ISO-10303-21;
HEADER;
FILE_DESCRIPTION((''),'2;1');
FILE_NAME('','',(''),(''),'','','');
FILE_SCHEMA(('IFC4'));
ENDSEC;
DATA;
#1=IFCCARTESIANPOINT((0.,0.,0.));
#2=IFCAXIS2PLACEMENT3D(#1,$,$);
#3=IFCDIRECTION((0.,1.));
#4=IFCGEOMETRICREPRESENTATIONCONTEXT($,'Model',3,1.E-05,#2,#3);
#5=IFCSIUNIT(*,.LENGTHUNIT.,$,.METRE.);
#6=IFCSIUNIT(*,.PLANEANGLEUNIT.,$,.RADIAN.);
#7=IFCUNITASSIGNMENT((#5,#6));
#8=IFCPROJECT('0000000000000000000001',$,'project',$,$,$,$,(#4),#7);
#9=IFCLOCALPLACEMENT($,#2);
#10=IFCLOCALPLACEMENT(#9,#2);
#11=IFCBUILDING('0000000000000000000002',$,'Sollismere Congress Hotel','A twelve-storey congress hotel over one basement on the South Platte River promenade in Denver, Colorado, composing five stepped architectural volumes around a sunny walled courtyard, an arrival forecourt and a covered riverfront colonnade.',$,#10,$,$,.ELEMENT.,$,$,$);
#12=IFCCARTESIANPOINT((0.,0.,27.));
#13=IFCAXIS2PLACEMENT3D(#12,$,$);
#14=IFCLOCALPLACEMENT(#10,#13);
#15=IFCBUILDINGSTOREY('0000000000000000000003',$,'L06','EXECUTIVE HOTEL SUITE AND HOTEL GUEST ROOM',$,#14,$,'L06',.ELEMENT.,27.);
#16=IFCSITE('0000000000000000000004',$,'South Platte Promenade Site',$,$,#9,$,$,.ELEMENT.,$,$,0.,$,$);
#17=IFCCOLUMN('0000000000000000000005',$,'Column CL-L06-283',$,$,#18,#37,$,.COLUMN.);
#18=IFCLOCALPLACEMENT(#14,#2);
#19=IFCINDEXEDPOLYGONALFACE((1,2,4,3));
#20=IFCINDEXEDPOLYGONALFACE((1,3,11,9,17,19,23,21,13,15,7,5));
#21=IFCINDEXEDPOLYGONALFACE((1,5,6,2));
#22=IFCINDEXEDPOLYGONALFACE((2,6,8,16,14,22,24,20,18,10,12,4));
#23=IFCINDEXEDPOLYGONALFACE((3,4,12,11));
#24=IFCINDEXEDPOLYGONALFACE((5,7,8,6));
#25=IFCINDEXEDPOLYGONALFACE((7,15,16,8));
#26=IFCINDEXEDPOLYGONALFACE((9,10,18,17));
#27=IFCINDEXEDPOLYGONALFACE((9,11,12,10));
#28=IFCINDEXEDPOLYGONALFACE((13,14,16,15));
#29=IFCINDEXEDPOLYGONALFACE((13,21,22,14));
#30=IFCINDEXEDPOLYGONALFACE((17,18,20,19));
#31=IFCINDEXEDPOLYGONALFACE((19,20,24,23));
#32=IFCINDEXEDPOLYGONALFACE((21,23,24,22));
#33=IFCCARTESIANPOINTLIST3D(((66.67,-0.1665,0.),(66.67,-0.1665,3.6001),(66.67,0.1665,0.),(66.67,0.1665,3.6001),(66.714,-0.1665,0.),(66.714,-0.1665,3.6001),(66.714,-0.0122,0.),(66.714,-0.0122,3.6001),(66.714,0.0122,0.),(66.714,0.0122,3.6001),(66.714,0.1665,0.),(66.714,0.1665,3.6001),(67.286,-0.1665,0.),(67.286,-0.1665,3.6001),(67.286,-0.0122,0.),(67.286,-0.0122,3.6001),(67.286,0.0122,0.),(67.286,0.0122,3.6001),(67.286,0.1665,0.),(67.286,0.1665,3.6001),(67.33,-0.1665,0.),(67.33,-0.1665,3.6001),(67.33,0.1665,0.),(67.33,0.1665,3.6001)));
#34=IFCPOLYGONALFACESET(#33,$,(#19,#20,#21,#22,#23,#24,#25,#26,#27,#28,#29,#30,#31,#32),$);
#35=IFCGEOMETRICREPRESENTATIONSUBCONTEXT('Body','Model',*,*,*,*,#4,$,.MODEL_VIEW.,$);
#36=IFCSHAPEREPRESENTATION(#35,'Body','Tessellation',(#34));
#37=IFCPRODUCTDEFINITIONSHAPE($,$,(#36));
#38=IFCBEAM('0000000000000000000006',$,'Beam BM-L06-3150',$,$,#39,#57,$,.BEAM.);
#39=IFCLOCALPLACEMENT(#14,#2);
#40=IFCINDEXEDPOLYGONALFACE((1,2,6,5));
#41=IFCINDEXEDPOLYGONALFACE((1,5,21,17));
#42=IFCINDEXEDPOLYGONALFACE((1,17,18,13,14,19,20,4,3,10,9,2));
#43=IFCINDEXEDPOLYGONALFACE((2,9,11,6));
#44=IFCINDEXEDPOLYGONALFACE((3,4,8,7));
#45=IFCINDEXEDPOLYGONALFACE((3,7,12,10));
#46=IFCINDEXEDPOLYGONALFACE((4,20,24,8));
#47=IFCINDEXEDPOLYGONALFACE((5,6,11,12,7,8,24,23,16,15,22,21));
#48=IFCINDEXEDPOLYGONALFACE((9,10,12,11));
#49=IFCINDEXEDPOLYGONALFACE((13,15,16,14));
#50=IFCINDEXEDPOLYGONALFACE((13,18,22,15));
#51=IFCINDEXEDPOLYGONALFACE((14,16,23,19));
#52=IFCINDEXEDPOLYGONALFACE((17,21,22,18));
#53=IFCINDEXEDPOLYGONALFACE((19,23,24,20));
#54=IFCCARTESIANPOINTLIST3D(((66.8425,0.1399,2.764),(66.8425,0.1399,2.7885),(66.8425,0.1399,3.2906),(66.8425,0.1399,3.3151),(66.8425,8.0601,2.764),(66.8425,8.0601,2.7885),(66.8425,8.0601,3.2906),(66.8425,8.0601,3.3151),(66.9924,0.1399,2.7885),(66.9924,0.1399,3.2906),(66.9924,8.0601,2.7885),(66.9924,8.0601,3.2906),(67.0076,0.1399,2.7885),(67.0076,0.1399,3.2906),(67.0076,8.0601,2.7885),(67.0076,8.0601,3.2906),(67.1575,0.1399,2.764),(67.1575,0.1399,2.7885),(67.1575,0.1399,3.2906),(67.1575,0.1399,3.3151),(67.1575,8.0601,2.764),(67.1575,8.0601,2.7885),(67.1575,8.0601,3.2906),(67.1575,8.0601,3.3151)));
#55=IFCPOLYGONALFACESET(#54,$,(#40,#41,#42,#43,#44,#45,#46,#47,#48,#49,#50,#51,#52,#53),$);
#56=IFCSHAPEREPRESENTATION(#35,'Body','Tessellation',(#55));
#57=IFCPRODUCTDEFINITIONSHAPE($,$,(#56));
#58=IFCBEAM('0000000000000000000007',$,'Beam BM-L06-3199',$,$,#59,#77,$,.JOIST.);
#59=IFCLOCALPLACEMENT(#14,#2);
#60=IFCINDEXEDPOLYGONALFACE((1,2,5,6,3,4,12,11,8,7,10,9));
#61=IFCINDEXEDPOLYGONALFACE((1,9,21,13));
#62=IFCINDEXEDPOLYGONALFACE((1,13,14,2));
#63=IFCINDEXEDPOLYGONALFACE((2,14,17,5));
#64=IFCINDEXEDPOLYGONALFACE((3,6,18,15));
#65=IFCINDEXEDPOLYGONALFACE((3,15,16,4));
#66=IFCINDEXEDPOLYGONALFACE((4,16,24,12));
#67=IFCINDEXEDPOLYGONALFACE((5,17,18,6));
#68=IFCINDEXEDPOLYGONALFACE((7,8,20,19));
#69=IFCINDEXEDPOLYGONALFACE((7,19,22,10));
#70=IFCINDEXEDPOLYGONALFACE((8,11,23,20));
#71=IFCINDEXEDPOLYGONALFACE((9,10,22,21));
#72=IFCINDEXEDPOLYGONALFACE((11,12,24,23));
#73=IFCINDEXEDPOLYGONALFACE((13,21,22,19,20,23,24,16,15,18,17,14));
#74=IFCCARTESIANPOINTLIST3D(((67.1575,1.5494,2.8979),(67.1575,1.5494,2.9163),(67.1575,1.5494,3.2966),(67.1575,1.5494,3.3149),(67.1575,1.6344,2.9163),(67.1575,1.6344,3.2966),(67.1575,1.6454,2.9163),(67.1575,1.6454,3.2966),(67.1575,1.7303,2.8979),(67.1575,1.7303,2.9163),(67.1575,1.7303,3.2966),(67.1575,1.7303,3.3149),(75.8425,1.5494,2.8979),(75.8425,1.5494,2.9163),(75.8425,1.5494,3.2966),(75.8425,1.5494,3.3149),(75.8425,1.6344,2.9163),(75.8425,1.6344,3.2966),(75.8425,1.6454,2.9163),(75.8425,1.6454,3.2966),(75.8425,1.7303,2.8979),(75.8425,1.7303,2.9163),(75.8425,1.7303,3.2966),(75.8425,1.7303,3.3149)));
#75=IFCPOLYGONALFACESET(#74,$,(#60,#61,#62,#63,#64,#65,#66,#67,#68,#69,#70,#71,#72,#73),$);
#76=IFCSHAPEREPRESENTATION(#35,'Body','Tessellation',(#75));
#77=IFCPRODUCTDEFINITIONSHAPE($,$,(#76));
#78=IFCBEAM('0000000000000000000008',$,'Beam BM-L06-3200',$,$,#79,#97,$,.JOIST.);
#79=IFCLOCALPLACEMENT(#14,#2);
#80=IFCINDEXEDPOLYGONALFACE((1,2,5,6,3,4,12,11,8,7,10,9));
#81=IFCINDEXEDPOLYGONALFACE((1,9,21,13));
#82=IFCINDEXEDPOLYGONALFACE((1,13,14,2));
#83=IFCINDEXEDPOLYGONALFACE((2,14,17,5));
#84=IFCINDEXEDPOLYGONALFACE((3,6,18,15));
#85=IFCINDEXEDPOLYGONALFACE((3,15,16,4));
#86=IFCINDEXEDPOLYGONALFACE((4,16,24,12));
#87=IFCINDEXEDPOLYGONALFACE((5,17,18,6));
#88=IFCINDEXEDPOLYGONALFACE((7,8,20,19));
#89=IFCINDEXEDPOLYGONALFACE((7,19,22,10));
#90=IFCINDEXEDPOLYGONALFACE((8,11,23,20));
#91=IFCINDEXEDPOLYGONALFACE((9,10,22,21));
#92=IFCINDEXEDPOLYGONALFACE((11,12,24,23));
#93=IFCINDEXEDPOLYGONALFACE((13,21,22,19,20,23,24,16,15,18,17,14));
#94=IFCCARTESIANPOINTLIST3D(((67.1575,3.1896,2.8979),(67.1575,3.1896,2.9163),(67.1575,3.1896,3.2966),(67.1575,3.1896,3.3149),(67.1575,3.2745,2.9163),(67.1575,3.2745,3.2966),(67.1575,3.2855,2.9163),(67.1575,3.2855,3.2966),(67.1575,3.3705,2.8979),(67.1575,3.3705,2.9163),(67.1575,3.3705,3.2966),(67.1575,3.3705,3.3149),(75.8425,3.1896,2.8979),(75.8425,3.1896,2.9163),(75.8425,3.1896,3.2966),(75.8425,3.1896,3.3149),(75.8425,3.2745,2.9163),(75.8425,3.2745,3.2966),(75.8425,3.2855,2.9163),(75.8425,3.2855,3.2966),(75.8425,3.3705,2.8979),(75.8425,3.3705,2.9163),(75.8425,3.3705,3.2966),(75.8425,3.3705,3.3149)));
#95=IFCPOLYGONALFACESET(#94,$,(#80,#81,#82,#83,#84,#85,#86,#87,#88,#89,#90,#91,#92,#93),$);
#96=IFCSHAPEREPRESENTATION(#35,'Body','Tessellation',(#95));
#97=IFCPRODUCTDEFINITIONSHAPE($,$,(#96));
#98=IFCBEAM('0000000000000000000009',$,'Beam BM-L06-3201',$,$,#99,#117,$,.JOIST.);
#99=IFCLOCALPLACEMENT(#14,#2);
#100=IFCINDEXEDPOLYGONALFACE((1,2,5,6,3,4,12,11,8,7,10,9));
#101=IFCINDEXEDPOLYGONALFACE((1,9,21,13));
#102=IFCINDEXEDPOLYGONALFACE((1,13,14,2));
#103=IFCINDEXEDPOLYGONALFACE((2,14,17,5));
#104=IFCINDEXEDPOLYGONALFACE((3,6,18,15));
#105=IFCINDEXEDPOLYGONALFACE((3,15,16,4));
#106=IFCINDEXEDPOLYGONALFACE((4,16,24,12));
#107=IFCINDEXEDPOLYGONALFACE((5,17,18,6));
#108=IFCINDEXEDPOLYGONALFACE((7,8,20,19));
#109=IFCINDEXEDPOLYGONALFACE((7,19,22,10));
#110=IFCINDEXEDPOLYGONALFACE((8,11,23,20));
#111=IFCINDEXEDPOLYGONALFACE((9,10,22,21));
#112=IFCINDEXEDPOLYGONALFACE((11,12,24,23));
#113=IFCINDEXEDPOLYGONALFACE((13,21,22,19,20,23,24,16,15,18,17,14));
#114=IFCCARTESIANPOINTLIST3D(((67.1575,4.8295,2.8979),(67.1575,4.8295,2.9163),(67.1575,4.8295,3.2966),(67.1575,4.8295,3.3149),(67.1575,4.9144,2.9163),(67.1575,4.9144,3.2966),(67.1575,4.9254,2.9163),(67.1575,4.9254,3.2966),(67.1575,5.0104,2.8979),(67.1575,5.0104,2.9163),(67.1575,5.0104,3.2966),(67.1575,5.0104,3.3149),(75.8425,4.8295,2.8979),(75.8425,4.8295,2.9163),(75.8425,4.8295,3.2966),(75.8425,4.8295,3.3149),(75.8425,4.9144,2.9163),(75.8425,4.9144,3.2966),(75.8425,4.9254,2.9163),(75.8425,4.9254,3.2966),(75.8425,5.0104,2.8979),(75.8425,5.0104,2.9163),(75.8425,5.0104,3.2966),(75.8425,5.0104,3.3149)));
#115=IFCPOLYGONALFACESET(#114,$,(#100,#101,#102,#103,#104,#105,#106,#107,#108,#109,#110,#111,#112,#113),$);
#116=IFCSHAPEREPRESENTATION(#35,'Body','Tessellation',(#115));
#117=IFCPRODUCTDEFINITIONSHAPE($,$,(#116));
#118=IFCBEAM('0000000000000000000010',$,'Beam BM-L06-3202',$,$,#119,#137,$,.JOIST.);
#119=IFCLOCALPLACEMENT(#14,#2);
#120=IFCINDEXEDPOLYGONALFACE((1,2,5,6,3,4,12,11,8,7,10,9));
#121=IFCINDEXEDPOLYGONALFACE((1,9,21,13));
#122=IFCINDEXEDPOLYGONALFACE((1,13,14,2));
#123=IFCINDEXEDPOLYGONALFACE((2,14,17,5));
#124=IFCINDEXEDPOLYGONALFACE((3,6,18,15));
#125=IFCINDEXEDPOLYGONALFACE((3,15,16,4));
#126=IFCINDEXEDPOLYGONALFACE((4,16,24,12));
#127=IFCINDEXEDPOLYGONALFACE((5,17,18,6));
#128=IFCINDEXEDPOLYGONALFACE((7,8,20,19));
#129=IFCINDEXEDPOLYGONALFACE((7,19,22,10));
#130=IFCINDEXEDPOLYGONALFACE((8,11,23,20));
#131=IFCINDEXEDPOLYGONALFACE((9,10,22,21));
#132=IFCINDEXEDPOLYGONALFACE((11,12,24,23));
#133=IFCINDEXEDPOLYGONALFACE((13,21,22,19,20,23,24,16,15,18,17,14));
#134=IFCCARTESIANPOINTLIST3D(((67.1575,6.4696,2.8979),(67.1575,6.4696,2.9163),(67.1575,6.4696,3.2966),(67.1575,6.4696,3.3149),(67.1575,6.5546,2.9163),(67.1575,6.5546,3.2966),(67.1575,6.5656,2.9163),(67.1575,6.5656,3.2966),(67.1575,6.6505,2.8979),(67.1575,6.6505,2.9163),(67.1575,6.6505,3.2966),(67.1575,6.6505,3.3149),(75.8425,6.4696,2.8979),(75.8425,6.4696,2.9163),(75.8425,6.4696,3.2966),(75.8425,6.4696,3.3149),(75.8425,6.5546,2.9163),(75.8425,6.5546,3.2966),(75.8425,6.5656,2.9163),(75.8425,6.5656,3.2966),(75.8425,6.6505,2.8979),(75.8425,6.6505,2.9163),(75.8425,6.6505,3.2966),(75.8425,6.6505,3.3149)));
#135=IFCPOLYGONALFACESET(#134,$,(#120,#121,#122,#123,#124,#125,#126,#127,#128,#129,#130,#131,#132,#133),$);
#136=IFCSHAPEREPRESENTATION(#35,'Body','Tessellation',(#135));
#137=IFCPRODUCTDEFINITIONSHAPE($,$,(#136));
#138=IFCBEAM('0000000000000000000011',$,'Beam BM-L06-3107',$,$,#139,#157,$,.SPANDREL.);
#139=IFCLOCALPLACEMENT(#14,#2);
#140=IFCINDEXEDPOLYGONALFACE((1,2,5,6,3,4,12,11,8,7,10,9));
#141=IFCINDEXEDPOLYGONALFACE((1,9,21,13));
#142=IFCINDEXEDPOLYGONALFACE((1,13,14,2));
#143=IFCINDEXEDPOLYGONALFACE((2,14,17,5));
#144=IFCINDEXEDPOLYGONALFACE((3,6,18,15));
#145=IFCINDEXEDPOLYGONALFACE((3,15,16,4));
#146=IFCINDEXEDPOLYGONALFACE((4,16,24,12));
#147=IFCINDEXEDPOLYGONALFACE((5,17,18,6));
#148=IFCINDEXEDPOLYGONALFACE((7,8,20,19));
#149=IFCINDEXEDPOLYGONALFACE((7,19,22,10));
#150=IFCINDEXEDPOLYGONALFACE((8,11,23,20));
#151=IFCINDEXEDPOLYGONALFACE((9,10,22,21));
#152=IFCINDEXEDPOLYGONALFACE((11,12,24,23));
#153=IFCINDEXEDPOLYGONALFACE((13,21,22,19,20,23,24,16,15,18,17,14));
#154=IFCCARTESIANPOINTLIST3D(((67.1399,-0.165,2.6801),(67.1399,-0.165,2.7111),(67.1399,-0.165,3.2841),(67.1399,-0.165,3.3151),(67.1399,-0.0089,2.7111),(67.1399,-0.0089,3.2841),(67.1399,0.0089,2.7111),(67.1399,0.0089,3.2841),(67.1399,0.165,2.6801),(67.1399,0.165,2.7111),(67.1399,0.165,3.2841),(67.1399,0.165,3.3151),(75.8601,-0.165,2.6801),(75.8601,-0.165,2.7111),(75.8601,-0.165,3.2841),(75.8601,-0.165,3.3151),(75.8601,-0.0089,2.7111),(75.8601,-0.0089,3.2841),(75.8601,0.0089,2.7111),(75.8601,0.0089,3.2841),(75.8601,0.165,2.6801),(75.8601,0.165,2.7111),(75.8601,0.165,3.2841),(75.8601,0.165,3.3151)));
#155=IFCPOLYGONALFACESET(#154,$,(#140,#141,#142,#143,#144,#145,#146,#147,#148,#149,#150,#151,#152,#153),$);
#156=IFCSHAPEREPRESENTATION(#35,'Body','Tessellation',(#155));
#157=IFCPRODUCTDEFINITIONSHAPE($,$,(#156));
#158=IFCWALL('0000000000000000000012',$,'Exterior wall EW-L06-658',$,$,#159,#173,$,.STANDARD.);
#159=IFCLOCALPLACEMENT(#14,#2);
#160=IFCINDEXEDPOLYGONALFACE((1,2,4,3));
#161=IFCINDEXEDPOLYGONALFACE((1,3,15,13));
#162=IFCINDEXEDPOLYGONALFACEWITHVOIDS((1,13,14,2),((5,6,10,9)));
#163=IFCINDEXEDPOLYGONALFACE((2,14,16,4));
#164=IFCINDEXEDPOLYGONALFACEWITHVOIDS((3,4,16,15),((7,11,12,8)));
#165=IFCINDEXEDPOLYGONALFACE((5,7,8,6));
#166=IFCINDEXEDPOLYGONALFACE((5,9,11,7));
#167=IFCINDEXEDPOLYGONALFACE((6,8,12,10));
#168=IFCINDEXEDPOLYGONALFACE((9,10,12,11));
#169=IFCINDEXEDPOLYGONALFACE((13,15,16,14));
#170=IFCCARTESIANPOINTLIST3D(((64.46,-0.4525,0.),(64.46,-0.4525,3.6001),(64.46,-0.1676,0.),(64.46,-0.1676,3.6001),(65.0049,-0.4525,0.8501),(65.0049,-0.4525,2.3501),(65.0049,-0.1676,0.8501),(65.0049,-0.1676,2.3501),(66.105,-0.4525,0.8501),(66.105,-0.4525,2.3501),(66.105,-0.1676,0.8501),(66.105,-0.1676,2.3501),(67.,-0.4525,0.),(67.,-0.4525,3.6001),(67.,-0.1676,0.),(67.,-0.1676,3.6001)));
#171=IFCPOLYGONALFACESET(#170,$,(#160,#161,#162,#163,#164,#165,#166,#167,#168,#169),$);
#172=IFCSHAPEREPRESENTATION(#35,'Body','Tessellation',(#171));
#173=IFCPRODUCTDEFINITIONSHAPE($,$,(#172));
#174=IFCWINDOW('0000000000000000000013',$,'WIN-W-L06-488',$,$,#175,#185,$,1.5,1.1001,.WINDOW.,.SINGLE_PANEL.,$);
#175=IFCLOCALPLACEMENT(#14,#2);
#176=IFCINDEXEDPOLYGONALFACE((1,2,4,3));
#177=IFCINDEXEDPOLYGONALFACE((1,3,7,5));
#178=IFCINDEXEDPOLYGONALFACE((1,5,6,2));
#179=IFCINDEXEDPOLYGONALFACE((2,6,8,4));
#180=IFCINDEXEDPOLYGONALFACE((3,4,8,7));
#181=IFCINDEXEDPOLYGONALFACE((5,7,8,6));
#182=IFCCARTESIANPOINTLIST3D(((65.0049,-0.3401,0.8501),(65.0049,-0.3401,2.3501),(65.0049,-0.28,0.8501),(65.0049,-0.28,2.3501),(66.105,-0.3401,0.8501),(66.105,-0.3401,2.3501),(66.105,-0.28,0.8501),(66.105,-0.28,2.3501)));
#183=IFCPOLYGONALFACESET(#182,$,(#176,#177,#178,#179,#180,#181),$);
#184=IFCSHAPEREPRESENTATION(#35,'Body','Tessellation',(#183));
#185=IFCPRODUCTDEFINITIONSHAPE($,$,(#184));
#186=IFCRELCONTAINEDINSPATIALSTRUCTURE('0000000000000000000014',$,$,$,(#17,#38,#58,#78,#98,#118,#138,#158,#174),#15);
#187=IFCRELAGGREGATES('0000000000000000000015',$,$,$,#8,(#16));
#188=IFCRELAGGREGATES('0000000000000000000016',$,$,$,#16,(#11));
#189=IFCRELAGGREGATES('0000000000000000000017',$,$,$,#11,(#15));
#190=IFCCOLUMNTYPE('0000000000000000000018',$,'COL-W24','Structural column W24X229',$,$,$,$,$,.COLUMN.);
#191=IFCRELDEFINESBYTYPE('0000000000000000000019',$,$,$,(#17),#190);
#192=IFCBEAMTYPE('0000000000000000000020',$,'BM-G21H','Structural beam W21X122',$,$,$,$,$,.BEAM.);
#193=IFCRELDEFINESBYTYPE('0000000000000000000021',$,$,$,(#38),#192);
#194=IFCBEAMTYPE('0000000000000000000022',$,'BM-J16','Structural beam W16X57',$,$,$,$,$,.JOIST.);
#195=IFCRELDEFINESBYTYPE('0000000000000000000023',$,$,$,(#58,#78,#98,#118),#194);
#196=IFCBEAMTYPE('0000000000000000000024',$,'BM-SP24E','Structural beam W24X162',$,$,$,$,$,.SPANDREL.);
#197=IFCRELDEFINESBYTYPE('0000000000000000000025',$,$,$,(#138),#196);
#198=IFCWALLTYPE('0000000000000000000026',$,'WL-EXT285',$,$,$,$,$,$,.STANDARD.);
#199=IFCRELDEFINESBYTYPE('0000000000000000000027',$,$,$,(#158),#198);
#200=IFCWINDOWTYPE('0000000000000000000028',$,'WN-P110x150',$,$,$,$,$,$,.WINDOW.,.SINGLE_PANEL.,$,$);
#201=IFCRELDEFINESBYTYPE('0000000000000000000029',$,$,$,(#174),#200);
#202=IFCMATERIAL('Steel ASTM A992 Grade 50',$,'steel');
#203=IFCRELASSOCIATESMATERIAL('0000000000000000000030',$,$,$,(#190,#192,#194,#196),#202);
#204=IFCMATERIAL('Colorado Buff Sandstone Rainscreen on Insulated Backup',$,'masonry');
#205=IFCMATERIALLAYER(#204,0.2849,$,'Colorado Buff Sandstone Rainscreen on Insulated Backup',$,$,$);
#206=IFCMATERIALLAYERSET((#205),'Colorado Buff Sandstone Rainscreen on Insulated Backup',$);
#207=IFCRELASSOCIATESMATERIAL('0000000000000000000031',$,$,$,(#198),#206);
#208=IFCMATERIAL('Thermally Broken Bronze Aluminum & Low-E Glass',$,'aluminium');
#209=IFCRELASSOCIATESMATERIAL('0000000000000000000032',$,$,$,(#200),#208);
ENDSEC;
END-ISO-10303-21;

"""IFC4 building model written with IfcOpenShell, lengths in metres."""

from ifc_helpers import new_model, si_unit, direction, frame, frame_2d, origin, origin_2d, place, context, subcontext, project, spatial, rectangle, i_section, extrude, material, layer, layer_set, material_profile, profile_set, type_object, element, fill, save


model = new_model("IFC4")

# Units and contexts
model_context = context("Model", 3, precision=1e-05, world=origin(), true_north=direction((0.0, 1.0)))
body_context = subcontext(model_context, "Body", "Model", "MODEL_VIEW")
ifc_project = project(units=[si_unit("LENGTHUNIT", "METRE"), si_unit("PLANEANGLEUNIT", "RADIAN")], contexts=[model_context])

# Site, building, storey
site_placement = place(None, origin())
site = spatial("IfcSite", under=ifc_project, at=site_placement, Name="South Platte Promenade Site", CompositionType="ELEMENT", RefElevation=0.0)
building_placement = place(site_placement, origin())
building = spatial("IfcBuilding", under=site, at=building_placement, Name="Sollismere Congress Hotel", Description="A twelve-storey congress hotel over one basement on the South Platte River promenade in Denver, Colorado, composing five stepped architectural volumes around a sunny walled courtyard, an arrival forecourt and a covered riverfront colonnade.", CompositionType="ELEMENT")
storey_placement = place(building_placement, frame((0.0, 0.0, 27.0)))
storey = spatial("IfcBuildingStorey", under=building, at=storey_placement, Name="L06", Description="EXECUTIVE HOTEL SUITE AND HOTEL GUEST ROOM", LongName="L06", CompositionType="ELEMENT", Elevation=27.0)

# Column
ifc_material_1 = material(Name="Steel ASTM A992 Grade 50", Category="steel")
ifc_material_profile_1 = material_profile(ifc_material_1, i_section(OverallWidth=0.333, OverallDepth=0.6599, WebThickness=0.0244, FlangeThickness=0.0439, at=origin_2d()), Name="W24X229")
ifc_profile_set_1 = profile_set([ifc_material_profile_1], Name="Steel ASTM A992 Grade 50")
column_type = type_object("IfcColumnType", Name="COL-W24", Description="Structural column W24X229", PredefinedType="COLUMN", material=ifc_profile_set_1)
column_placement = place(storey_placement, frame((67.0, 0.0, 0.0), z_axis=(0.0, 0.0, 1.0), x_axis=(0.0, 1.0, 0.0)))
element("IfcColumn", 1, at=column_placement, inside=storey, type_object=column_type, Name="Column CL-L06-283", PredefinedType="COLUMN", context=body_context, shape_type="SweptSolid", body=[
    extrude(i_section(OverallWidth=0.333, OverallDepth=0.6599, WebThickness=0.0244, FlangeThickness=0.0439, at=origin_2d()), origin(), (0.0, 0.0, 1.0), 3.6001),
])

# Beams
ifc_material_profile_2 = material_profile(ifc_material_1, i_section(OverallWidth=0.3149, OverallDepth=0.551, WebThickness=0.0151, FlangeThickness=0.0244, at=origin_2d()), Name="W21X122")
ifc_profile_set_2 = profile_set([ifc_material_profile_2], Name="Steel ASTM A992 Grade 50")
beam_type_1 = type_object("IfcBeamType", Name="BM-G21H", Description="Structural beam W21X122", PredefinedType="BEAM", material=ifc_profile_set_2)
beam_1_placement = place(storey_placement, frame((67.0, 0.1399, 3.0396), z_axis=(0.0, 1.0, 0.0), x_axis=(-1.0, 0.0, 0.0)))
element("IfcBeam", 2, at=beam_1_placement, inside=storey, type_object=beam_type_1, Name="Beam BM-L06-3150", PredefinedType="BEAM", context=body_context, shape_type="SweptSolid", body=[
    extrude(i_section(OverallWidth=0.3149, OverallDepth=0.551, WebThickness=0.0151, FlangeThickness=0.0244, at=origin_2d()), origin(), (0.0, 0.0, 1.0), 7.9202),
])
ifc_material_profile_3 = material_profile(ifc_material_1, i_section(OverallWidth=0.1809, OverallDepth=0.417, WebThickness=0.011, FlangeThickness=0.0183, at=origin_2d()), Name="W16X57")
ifc_profile_set_3 = profile_set([ifc_material_profile_3], Name="Steel ASTM A992 Grade 50")
beam_type_2 = type_object("IfcBeamType", Name="BM-J16", Description="Structural beam W16X57", PredefinedType="JOIST", material=ifc_profile_set_3)
for number, where, z_axis, x_axis, name in (
    (3, (67.1575, 1.6399, 3.1064), (1.0, 0.0, 0.0), (0.0, 1.0, 0.0), "Beam BM-L06-3199"),
    (4, (67.1575, 3.28, 3.1064), (1.0, 0.0, 0.0), (0.0, 1.0, 0.0), "Beam BM-L06-3200"),
    (5, (67.1575, 4.9199, 3.1064), (1.0, 0.0, 0.0), (0.0, 1.0, 0.0), "Beam BM-L06-3201"),
    (6, (67.1575, 6.5601, 3.1064), (1.0, 0.0, 0.0), (0.0, 1.0, 0.0), "Beam BM-L06-3202"),
):
    element("IfcBeam", number, at=place(storey_placement, frame(where, z_axis=z_axis, x_axis=x_axis)), inside=storey, type_object=beam_type_2, Name=name, PredefinedType="JOIST", context=body_context, shape_type="SweptSolid", body=[
        extrude(i_section(OverallWidth=0.1809, OverallDepth=0.417, WebThickness=0.011, FlangeThickness=0.0183, at=origin_2d()), origin(), (0.0, 0.0, 1.0), 8.6851),
    ])
ifc_material_profile_4 = material_profile(ifc_material_1, i_section(OverallWidth=0.3301, OverallDepth=0.635, WebThickness=0.0178, FlangeThickness=0.031, at=origin_2d()), Name="W24X162")
ifc_profile_set_4 = profile_set([ifc_material_profile_4], Name="Steel ASTM A992 Grade 50")
beam_type_3 = type_object("IfcBeamType", Name="BM-SP24E", Description="Structural beam W24X162", PredefinedType="SPANDREL", material=ifc_profile_set_4)
beam_2_placement = place(storey_placement, frame((67.1399, 0.0, 2.9976), z_axis=(1.0, 0.0, 0.0), x_axis=(0.0, 1.0, 0.0)))
element("IfcBeam", 7, at=beam_2_placement, inside=storey, type_object=beam_type_3, Name="Beam BM-L06-3107", PredefinedType="SPANDREL", context=body_context, shape_type="SweptSolid", body=[
    extrude(i_section(OverallWidth=0.3301, OverallDepth=0.635, WebThickness=0.0178, FlangeThickness=0.031, at=origin_2d()), origin(), (0.0, 0.0, 1.0), 8.7202),
])

# Wall, opening, window
ifc_material_2 = material(Name="Colorado Buff Sandstone Rainscreen on Insulated Backup", Category="masonry")
ifc_layer_1 = layer(ifc_material_2, 0.2849, Name="Colorado Buff Sandstone Rainscreen on Insulated Backup")
ifc_layer_set_1 = layer_set([ifc_layer_1], Name="Colorado Buff Sandstone Rainscreen on Insulated Backup")
wall_type_1 = type_object("IfcWallType", Name="WL-EXT285", PredefinedType="STANDARD", material=ifc_layer_set_1)
wall_1_placement = place(storey_placement, frame((64.46, -0.3101, 0.0), z_axis=(0.0, 0.0, 1.0), x_axis=(1.0, 0.0, 0.0)))
wall_1 = element("IfcWall", 8, at=wall_1_placement, inside=storey, type_object=wall_type_1, Name="Exterior wall EW-L06-658", PredefinedType="STANDARD", context=body_context, shape_type="SweptSolid", body=[
    extrude(rectangle(XDim=2.54, YDim=0.2849, at=frame_2d((1.27, 0.0))), origin(), (0.0, 0.0, 1.0), 3.6001),
])
opening_1_placement = place(wall_1_placement, frame((0.5449, 0.0, 0.8501)))
opening_1 = element("IfcOpeningElement", 9, at=opening_1_placement, cuts=wall_1, PredefinedType="OPENING", context=body_context, shape_type="SweptSolid", body=[
    extrude(rectangle(XDim=1.1001, YDim=1.5, at=frame_2d((0.55, 0.75))), frame((0.0, 0.1523, 0.0), z_axis=(0.0, -1.0, 0.0), x_axis=(1.0, 0.0, 0.0)), (0.0, 0.0, 1.0), 0.3049),
])
ifc_material_3 = material(Name="Thermally Broken Bronze Aluminum & Low-E Glass", Category="aluminium")
window_type_1 = type_object("IfcWindowType", Name="WN-P110x150", PartitioningType="SINGLE_PANEL", PredefinedType="WINDOW", material=ifc_material_3)
window_1_placement = place(opening_1_placement, origin())
window_1 = element("IfcWindow", 10, at=window_1_placement, inside=storey, type_object=window_type_1, Name="WIN-W-L06-488", OverallHeight=1.5, OverallWidth=1.1001, PartitioningType="SINGLE_PANEL", PredefinedType="WINDOW", context=body_context, shape_type="SweptSolid", body=[
    extrude(rectangle(XDim=1.1001, YDim=1.5, at=frame_2d((0.55, 0.75))), frame((0.0, 0.03, 0.0), z_axis=(0.0, -1.0, 0.0), x_axis=(1.0, 0.0, 0.0)), (0.0, 0.0, 1.0), 0.0601),
])
fill(opening_1, window_1)

save(model, "model.ifc")
